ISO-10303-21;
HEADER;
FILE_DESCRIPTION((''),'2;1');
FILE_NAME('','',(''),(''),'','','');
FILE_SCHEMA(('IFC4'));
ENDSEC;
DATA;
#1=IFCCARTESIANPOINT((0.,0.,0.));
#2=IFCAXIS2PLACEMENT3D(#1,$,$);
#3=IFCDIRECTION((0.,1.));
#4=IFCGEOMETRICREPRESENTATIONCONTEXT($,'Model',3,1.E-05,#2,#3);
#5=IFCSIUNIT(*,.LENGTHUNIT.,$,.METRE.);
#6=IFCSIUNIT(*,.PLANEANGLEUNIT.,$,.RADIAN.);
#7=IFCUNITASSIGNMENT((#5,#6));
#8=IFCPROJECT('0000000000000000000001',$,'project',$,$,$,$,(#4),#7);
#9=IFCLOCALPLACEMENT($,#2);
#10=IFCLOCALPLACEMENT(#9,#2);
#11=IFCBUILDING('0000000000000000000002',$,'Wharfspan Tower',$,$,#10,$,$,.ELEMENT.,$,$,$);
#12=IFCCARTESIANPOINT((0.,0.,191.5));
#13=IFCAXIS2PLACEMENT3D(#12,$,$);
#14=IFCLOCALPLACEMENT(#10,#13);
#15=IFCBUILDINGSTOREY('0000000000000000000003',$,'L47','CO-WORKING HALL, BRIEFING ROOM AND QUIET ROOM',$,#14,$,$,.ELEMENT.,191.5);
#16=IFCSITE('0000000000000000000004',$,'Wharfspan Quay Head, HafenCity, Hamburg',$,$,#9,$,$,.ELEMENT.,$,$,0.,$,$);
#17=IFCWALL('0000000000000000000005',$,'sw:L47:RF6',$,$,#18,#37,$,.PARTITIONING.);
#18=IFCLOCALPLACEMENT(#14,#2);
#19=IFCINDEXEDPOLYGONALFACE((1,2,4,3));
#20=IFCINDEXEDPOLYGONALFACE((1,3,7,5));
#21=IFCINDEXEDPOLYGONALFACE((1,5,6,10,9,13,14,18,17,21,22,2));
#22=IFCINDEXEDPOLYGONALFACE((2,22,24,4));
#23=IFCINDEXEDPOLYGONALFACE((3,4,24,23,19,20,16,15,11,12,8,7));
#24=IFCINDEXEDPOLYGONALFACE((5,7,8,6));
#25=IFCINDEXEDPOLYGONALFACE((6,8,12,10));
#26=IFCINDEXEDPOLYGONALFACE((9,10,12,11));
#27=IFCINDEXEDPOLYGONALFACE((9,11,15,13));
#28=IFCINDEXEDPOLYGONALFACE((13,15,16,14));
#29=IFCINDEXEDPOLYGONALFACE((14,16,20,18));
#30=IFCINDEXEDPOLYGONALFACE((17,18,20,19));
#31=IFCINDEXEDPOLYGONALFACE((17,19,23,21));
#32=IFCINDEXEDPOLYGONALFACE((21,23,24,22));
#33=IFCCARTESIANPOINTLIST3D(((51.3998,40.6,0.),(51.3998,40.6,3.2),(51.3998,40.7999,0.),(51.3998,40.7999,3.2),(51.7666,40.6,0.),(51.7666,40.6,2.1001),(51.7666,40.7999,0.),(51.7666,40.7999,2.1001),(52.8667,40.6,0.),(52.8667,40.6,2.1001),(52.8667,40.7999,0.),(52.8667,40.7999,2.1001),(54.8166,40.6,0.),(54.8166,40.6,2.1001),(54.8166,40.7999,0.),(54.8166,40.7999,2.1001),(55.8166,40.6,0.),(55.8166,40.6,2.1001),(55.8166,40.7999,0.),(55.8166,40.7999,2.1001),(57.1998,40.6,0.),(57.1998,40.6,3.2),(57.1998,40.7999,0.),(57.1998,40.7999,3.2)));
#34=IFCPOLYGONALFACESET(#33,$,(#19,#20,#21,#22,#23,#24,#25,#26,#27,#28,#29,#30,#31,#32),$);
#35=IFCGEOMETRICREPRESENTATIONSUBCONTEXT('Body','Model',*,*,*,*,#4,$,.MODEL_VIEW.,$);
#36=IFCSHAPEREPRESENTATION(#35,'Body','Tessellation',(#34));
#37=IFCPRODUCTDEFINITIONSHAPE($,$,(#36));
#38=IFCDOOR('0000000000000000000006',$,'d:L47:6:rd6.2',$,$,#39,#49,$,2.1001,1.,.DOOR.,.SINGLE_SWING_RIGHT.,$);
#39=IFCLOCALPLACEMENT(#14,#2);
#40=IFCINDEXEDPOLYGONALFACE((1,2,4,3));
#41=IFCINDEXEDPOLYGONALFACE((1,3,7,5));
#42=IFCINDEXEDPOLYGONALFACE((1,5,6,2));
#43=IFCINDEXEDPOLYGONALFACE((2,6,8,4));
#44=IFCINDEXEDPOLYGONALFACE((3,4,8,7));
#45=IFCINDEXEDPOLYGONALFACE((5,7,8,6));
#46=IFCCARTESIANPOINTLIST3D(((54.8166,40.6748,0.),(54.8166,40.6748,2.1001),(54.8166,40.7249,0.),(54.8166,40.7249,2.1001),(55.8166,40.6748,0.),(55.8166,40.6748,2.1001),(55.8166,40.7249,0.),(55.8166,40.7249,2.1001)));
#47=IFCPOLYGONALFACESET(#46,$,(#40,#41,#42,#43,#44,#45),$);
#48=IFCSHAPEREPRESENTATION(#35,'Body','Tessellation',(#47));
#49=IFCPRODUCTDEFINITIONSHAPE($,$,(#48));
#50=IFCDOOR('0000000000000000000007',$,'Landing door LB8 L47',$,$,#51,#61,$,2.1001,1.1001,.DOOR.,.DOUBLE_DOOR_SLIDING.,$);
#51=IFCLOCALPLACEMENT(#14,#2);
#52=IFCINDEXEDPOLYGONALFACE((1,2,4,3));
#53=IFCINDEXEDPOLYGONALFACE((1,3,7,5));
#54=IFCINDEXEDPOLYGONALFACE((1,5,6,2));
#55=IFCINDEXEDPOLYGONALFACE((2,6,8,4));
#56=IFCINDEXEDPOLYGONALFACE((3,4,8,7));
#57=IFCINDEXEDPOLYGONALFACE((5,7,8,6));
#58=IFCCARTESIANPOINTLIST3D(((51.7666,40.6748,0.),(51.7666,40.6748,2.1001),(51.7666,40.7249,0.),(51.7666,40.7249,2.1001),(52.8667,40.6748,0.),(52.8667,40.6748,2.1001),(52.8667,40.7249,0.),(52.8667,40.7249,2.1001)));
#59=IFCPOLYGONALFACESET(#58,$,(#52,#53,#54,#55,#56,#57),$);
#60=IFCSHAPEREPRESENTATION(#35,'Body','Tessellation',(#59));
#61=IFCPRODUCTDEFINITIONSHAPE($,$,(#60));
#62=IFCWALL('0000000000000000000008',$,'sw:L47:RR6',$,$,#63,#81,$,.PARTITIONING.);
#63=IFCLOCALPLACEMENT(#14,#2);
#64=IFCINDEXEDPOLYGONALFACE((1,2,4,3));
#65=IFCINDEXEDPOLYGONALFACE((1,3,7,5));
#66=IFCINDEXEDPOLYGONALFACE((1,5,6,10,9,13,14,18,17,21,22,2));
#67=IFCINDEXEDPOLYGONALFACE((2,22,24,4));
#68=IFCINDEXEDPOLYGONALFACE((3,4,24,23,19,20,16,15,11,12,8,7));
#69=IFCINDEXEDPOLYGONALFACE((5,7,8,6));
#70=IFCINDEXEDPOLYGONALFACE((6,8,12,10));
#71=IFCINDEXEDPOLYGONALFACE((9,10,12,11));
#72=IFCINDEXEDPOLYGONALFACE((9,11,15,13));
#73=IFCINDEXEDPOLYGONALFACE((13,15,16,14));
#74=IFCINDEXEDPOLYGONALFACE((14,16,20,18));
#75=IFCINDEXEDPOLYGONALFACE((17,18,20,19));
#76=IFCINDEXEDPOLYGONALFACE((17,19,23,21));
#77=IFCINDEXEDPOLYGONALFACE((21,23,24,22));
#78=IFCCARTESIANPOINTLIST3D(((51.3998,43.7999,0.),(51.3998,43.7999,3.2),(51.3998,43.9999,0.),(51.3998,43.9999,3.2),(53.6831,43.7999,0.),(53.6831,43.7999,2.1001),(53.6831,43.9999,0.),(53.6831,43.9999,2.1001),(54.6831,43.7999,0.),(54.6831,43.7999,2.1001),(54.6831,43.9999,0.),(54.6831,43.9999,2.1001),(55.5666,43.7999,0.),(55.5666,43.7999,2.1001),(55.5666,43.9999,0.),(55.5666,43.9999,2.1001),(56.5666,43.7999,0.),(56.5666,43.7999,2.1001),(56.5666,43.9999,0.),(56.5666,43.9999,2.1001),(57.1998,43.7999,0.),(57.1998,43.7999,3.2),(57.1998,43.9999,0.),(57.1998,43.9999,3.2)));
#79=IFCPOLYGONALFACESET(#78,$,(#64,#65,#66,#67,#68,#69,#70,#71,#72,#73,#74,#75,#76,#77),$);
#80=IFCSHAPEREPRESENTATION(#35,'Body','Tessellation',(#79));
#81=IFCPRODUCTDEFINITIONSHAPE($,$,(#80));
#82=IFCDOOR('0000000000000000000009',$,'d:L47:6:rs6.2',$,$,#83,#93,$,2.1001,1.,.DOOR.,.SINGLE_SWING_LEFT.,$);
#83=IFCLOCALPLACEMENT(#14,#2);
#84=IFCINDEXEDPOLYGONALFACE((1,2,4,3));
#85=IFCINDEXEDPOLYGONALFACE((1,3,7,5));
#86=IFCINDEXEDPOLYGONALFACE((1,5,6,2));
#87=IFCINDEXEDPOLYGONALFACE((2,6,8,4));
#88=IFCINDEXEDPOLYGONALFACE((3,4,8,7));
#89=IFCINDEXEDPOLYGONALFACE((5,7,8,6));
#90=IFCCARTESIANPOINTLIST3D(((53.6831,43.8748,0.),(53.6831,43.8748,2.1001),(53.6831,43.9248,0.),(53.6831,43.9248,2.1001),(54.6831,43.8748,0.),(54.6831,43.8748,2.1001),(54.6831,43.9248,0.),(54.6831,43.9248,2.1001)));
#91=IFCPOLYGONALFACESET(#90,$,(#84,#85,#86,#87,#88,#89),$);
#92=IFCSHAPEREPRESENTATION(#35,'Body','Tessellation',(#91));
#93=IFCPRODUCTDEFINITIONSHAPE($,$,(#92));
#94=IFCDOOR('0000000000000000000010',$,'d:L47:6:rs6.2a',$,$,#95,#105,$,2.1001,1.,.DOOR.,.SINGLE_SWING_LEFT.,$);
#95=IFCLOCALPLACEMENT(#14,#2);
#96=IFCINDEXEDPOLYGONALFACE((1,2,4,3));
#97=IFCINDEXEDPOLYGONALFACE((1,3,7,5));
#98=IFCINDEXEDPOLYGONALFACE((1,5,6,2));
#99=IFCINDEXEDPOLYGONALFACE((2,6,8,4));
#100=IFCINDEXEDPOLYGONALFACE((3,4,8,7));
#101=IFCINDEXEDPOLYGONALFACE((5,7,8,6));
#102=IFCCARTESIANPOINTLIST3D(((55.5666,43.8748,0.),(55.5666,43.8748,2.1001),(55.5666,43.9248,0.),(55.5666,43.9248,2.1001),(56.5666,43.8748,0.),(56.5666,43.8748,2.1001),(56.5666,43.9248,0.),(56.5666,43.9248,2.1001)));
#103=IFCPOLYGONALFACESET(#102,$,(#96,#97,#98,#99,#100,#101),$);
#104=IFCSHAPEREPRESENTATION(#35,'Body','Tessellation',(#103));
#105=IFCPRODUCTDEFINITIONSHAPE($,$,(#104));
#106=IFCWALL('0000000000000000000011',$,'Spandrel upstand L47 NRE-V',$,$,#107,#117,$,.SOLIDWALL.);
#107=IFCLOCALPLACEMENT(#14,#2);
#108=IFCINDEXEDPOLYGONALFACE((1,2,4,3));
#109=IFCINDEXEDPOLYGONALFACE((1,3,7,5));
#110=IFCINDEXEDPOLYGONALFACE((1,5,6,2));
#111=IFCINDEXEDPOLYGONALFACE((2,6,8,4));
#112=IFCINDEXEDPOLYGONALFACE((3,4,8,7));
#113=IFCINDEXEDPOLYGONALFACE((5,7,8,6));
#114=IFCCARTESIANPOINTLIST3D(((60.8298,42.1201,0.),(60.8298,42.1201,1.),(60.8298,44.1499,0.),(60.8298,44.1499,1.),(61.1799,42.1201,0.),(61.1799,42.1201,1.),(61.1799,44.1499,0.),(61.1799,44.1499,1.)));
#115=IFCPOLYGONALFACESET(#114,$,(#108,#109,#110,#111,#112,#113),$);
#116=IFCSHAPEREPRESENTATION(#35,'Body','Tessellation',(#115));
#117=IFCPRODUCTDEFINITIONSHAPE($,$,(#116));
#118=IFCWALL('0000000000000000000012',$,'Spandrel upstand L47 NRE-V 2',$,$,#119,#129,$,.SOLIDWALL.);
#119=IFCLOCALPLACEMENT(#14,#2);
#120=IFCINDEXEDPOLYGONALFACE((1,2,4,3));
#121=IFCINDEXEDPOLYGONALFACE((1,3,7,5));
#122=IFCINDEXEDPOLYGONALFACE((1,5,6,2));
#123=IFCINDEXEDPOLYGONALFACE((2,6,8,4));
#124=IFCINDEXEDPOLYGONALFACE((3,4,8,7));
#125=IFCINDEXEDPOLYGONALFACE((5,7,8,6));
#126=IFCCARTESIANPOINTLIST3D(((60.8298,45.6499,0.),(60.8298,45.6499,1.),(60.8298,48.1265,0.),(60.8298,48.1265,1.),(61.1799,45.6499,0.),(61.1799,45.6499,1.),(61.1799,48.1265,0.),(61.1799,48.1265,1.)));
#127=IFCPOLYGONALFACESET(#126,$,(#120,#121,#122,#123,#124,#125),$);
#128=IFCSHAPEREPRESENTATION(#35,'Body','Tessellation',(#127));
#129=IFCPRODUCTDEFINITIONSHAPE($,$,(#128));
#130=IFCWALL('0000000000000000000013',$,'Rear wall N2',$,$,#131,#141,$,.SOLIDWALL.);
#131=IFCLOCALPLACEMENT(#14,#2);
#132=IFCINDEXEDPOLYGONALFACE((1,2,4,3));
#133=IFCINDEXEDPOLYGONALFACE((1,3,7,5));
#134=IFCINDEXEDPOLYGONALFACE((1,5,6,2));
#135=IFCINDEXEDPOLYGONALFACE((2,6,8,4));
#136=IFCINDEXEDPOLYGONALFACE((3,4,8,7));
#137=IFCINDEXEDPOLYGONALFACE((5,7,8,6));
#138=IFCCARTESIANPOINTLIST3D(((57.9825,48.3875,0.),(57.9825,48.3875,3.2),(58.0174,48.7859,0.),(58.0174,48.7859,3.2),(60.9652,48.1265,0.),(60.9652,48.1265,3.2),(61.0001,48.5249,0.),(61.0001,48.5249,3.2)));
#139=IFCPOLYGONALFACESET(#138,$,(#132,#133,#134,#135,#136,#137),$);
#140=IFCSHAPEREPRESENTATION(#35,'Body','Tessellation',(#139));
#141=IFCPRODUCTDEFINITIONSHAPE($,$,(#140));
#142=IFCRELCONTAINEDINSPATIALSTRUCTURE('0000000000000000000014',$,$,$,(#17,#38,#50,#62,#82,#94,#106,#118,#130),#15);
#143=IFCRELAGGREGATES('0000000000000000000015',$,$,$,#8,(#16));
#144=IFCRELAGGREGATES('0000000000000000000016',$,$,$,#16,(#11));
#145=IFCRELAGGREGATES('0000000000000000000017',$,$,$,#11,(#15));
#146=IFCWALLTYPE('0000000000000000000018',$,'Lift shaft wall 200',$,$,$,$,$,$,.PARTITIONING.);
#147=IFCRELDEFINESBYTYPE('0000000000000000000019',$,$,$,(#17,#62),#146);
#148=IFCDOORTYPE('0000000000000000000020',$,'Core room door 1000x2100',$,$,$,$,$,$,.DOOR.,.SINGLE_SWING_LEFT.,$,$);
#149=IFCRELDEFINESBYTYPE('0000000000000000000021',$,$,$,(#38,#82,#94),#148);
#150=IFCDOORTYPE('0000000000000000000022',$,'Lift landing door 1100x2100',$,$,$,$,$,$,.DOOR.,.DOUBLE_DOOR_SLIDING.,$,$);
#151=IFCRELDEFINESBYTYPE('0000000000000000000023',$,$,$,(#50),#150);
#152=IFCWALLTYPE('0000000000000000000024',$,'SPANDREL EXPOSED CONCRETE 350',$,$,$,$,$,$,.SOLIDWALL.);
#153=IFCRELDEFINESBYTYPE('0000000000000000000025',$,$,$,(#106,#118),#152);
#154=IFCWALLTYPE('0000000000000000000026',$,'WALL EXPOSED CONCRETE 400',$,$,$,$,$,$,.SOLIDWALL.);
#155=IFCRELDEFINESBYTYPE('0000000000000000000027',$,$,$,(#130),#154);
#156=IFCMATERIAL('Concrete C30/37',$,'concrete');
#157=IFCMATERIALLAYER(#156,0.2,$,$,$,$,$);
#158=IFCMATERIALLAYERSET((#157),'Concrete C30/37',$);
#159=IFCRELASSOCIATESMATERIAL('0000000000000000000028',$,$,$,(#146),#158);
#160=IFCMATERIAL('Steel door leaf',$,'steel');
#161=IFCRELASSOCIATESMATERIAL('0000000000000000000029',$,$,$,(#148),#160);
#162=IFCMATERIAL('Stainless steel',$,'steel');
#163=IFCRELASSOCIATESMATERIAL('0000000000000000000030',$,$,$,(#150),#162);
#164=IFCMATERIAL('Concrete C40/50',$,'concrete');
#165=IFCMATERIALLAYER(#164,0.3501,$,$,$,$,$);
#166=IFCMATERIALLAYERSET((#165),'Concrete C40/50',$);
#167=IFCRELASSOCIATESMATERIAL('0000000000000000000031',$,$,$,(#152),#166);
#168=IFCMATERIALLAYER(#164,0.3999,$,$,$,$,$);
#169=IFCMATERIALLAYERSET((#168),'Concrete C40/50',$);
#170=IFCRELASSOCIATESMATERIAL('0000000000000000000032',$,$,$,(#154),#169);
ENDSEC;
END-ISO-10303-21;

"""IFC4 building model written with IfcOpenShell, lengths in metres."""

from ifc_helpers import new_model, si_unit, direction, frame, frame_2d, origin, place, context, subcontext, project, spatial, rectangle, extrude, material, layer, layer_set, type_object, element, fill, save


model = new_model("IFC4")

# Units and contexts
model_context = context("Model", 3, precision=1e-05, world=origin(), true_north=direction((0.0, 1.0)))
body_context = subcontext(model_context, "Body", "Model", "MODEL_VIEW")
ifc_project = project(units=[si_unit("LENGTHUNIT", "METRE"), si_unit("PLANEANGLEUNIT", "RADIAN")], contexts=[model_context])

# Site, building, storey
site_placement = place(None, origin())
site = spatial("IfcSite", under=ifc_project, at=site_placement, Name="Wharfspan Quay Head, HafenCity, Hamburg", CompositionType="ELEMENT", RefElevation=0.0)
building_placement = place(site_placement, origin())
building = spatial("IfcBuilding", under=site, at=building_placement, Name="Wharfspan Tower", CompositionType="ELEMENT")
storey_placement = place(building_placement, frame((0.0, 0.0, 191.5)))
storey = spatial("IfcBuildingStorey", under=building, at=storey_placement, Name="L47", Description="CO-WORKING HALL, BRIEFING ROOM AND QUIET ROOM", CompositionType="ELEMENT", Elevation=191.5)

# Walls, openings, doors
ifc_material_1 = material(Name="Concrete C30/37", Category="concrete")
ifc_layer_1 = layer(ifc_material_1, 0.2)
ifc_layer_set_1 = layer_set([ifc_layer_1], Name="Concrete C30/37")
wall_type_1 = type_object("IfcWallType", Name="Lift shaft wall 200", PredefinedType="PARTITIONING", material=ifc_layer_set_1)
wall_1_placement = place(storey_placement, frame((51.3999, 40.7, 0.0), z_axis=(0.0, 0.0, 1.0), x_axis=(1.0, 0.0, 0.0)))
wall_1 = element("IfcWall", 1, at=wall_1_placement, inside=storey, type_object=wall_type_1, Name="sw:L47:RF6", PredefinedType="PARTITIONING", context=body_context, shape_type="SweptSolid", body=[
    extrude(rectangle(XDim=5.8, YDim=0.2, at=frame_2d((2.8999, 0.0))), origin(), (0.0, 0.0, 1.0), 3.2),
])
opening_1_placement = place(wall_1_placement, frame((0.3667, 0.0, 0.0)))
opening_1 = element("IfcOpeningElement", 2, at=opening_1_placement, cuts=wall_1, PredefinedType="OPENING", context=body_context, shape_type="SweptSolid", body=[
    extrude(rectangle(XDim=1.1001, YDim=2.1001, at=frame_2d((0.55, 1.05))), frame((0.0, 0.1099, 0.0), z_axis=(0.0, -1.0, 0.0), x_axis=(1.0, 0.0, 0.0)), (0.0, 0.0, 1.0), 0.22),
])
opening_2_placement = place(wall_1_placement, frame((3.4167, 0.0, 0.0)))
opening_2 = element("IfcOpeningElement", 3, at=opening_2_placement, cuts=wall_1, PredefinedType="OPENING", context=body_context, shape_type="SweptSolid", body=[
    extrude(rectangle(XDim=1.0, YDim=2.1001, at=frame_2d((0.5, 1.05))), frame((0.0, 0.1099, 0.0), z_axis=(0.0, -1.0, 0.0), x_axis=(1.0, 0.0, 0.0)), (0.0, 0.0, 1.0), 0.22),
])
ifc_material_2 = material(Name="Steel door leaf", Category="steel")
door_type_1 = type_object("IfcDoorType", Name="Core room door 1000x2100", OperationType="SINGLE_SWING_LEFT", PredefinedType="DOOR", material=ifc_material_2)
door_1_placement = place(opening_2_placement, origin())
door_1 = element("IfcDoor", 4, at=door_1_placement, inside=storey, type_object=door_type_1, Name="d:L47:6:rd6.2", OperationType="SINGLE_SWING_RIGHT", OverallHeight=2.1001, OverallWidth=1.0, PredefinedType="DOOR", context=body_context, shape_type="SweptSolid", body=[
    extrude(rectangle(XDim=1.0, YDim=2.1001, at=frame_2d((0.5, 1.05))), frame((0.0, 0.0249, 0.0), z_axis=(0.0, -1.0, 0.0), x_axis=(1.0, 0.0, 0.0)), (0.0, 0.0, 1.0), 0.05),
])
fill(opening_2, door_1)
ifc_material_3 = material(Name="Stainless steel", Category="steel")
door_type_2 = type_object("IfcDoorType", Name="Lift landing door 1100x2100", OperationType="DOUBLE_DOOR_SLIDING", PredefinedType="DOOR", material=ifc_material_3)
door_2_placement = place(opening_1_placement, origin())
door_2 = element("IfcDoor", 5, at=door_2_placement, inside=storey, type_object=door_type_2, Name="Landing door LB8 L47", OperationType="DOUBLE_DOOR_SLIDING", OverallHeight=2.1001, OverallWidth=1.1001, PredefinedType="DOOR", context=body_context, shape_type="SweptSolid", body=[
    extrude(rectangle(XDim=1.1001, YDim=2.1001, at=frame_2d((0.55, 1.05))), frame((0.0, 0.0249, 0.0), z_axis=(0.0, -1.0, 0.0), x_axis=(1.0, 0.0, 0.0)), (0.0, 0.0, 1.0), 0.05),
])
fill(opening_1, door_2)
wall_2_placement = place(storey_placement, frame((51.3999, 43.8999, 0.0), z_axis=(0.0, 0.0, 1.0), x_axis=(1.0, 0.0, 0.0)))
wall_2 = element("IfcWall", 6, at=wall_2_placement, inside=storey, type_object=wall_type_1, Name="sw:L47:RR6", PredefinedType="PARTITIONING", context=body_context, shape_type="SweptSolid", body=[
    extrude(rectangle(XDim=5.8, YDim=0.2, at=frame_2d((2.8999, 0.0))), origin(), (0.0, 0.0, 1.0), 3.2),
])
opening_3_placement = place(wall_2_placement, frame((2.2832, 0.0, 0.0)))
opening_3 = element("IfcOpeningElement", 7, at=opening_3_placement, cuts=wall_2, PredefinedType="OPENING", context=body_context, shape_type="SweptSolid", body=[
    extrude(rectangle(XDim=1.0, YDim=2.1001, at=frame_2d((0.5, 1.05))), frame((0.0, 0.1099, 0.0), z_axis=(0.0, -1.0, 0.0), x_axis=(1.0, 0.0, 0.0)), (0.0, 0.0, 1.0), 0.22),
])
opening_4_placement = place(wall_2_placement, frame((4.1667, 0.0, 0.0)))
opening_4 = element("IfcOpeningElement", 8, at=opening_4_placement, cuts=wall_2, PredefinedType="OPENING", context=body_context, shape_type="SweptSolid", body=[
    extrude(rectangle(XDim=1.0, YDim=2.1001, at=frame_2d((0.5, 1.05))), frame((0.0, 0.1099, 0.0), z_axis=(0.0, -1.0, 0.0), x_axis=(1.0, 0.0, 0.0)), (0.0, 0.0, 1.0), 0.22),
])
door_3_placement = place(opening_3_placement, origin())
door_3 = element("IfcDoor", 9, at=door_3_placement, inside=storey, type_object=door_type_1, Name="d:L47:6:rs6.2", OperationType="SINGLE_SWING_LEFT", OverallHeight=2.1001, OverallWidth=1.0, PredefinedType="DOOR", context=body_context, shape_type="SweptSolid", body=[
    extrude(rectangle(XDim=1.0, YDim=2.1001, at=frame_2d((0.5, 1.05))), frame((0.0, 0.0249, 0.0), z_axis=(0.0, -1.0, 0.0), x_axis=(1.0, 0.0, 0.0)), (0.0, 0.0, 1.0), 0.05),
])
fill(opening_3, door_3)
door_4_placement = place(opening_4_placement, origin())
door_4 = element("IfcDoor", 10, at=door_4_placement, inside=storey, type_object=door_type_1, Name="d:L47:6:rs6.2a", OperationType="SINGLE_SWING_LEFT", OverallHeight=2.1001, OverallWidth=1.0, PredefinedType="DOOR", context=body_context, shape_type="SweptSolid", body=[
    extrude(rectangle(XDim=1.0, YDim=2.1001, at=frame_2d((0.5, 1.05))), frame((0.0, 0.0249, 0.0), z_axis=(0.0, -1.0, 0.0), x_axis=(1.0, 0.0, 0.0)), (0.0, 0.0, 1.0), 0.05),
])
fill(opening_4, door_4)

# Walls
ifc_material_4 = material(Name="Concrete C40/50", Category="concrete")
ifc_layer_2 = layer(ifc_material_4, 0.3501)
ifc_layer_set_2 = layer_set([ifc_layer_2], Name="Concrete C40/50")
wall_type_2 = type_object("IfcWallType", Name="SPANDREL EXPOSED CONCRETE 350", PredefinedType="SOLIDWALL", material=ifc_layer_set_2)
wall_3_placement = place(storey_placement, frame((61.0049, 42.1201, 0.0), z_axis=(0.0, 0.0, 1.0), x_axis=(0.0, 1.0, 0.0)))
element("IfcWall", 11, at=wall_3_placement, inside=storey, type_object=wall_type_2, Name="Spandrel upstand L47 NRE-V", PredefinedType="SOLIDWALL", context=body_context, shape_type="SweptSolid", body=[
    extrude(rectangle(XDim=2.0298, YDim=0.3501, at=frame_2d((1.0149, 0.0))), origin(), (0.0, 0.0, 1.0), 1.0),
])
wall_4_placement = place(storey_placement, frame((61.0049, 45.6499, 0.0), z_axis=(0.0, 0.0, 1.0), x_axis=(0.0, 1.0, 0.0)))
element("IfcWall", 12, at=wall_4_placement, inside=storey, type_object=wall_type_2, Name="Spandrel upstand L47 NRE-V 2", PredefinedType="SOLIDWALL", context=body_context, shape_type="SweptSolid", body=[
    extrude(rectangle(XDim=2.4766, YDim=0.3501, at=frame_2d((1.2383, 0.0))), origin(), (0.0, 0.0, 1.0), 1.0),
])
ifc_layer_3 = layer(ifc_material_4, 0.3999)
ifc_layer_set_3 = layer_set([ifc_layer_3], Name="Concrete C40/50")
wall_type_3 = type_object("IfcWallType", Name="WALL EXPOSED CONCRETE 400", PredefinedType="SOLIDWALL", material=ifc_layer_set_3)
wall_5_placement = place(storey_placement, frame((60.9827, 48.3257, 0.0), z_axis=(0.0, 0.0, 1.0), x_axis=(-0.996194, 0.087168, 0.0)))
element("IfcWall", 13, at=wall_5_placement, inside=storey, type_object=wall_type_3, Name="Rear wall N2", PredefinedType="SOLIDWALL", context=body_context, shape_type="SweptSolid", body=[
    extrude(rectangle(XDim=2.9941, YDim=0.3999, at=frame_2d((1.4971, 0.0))), origin(), (0.0, 0.0, 1.0), 3.2),
])

save(model, "model.ifc")
